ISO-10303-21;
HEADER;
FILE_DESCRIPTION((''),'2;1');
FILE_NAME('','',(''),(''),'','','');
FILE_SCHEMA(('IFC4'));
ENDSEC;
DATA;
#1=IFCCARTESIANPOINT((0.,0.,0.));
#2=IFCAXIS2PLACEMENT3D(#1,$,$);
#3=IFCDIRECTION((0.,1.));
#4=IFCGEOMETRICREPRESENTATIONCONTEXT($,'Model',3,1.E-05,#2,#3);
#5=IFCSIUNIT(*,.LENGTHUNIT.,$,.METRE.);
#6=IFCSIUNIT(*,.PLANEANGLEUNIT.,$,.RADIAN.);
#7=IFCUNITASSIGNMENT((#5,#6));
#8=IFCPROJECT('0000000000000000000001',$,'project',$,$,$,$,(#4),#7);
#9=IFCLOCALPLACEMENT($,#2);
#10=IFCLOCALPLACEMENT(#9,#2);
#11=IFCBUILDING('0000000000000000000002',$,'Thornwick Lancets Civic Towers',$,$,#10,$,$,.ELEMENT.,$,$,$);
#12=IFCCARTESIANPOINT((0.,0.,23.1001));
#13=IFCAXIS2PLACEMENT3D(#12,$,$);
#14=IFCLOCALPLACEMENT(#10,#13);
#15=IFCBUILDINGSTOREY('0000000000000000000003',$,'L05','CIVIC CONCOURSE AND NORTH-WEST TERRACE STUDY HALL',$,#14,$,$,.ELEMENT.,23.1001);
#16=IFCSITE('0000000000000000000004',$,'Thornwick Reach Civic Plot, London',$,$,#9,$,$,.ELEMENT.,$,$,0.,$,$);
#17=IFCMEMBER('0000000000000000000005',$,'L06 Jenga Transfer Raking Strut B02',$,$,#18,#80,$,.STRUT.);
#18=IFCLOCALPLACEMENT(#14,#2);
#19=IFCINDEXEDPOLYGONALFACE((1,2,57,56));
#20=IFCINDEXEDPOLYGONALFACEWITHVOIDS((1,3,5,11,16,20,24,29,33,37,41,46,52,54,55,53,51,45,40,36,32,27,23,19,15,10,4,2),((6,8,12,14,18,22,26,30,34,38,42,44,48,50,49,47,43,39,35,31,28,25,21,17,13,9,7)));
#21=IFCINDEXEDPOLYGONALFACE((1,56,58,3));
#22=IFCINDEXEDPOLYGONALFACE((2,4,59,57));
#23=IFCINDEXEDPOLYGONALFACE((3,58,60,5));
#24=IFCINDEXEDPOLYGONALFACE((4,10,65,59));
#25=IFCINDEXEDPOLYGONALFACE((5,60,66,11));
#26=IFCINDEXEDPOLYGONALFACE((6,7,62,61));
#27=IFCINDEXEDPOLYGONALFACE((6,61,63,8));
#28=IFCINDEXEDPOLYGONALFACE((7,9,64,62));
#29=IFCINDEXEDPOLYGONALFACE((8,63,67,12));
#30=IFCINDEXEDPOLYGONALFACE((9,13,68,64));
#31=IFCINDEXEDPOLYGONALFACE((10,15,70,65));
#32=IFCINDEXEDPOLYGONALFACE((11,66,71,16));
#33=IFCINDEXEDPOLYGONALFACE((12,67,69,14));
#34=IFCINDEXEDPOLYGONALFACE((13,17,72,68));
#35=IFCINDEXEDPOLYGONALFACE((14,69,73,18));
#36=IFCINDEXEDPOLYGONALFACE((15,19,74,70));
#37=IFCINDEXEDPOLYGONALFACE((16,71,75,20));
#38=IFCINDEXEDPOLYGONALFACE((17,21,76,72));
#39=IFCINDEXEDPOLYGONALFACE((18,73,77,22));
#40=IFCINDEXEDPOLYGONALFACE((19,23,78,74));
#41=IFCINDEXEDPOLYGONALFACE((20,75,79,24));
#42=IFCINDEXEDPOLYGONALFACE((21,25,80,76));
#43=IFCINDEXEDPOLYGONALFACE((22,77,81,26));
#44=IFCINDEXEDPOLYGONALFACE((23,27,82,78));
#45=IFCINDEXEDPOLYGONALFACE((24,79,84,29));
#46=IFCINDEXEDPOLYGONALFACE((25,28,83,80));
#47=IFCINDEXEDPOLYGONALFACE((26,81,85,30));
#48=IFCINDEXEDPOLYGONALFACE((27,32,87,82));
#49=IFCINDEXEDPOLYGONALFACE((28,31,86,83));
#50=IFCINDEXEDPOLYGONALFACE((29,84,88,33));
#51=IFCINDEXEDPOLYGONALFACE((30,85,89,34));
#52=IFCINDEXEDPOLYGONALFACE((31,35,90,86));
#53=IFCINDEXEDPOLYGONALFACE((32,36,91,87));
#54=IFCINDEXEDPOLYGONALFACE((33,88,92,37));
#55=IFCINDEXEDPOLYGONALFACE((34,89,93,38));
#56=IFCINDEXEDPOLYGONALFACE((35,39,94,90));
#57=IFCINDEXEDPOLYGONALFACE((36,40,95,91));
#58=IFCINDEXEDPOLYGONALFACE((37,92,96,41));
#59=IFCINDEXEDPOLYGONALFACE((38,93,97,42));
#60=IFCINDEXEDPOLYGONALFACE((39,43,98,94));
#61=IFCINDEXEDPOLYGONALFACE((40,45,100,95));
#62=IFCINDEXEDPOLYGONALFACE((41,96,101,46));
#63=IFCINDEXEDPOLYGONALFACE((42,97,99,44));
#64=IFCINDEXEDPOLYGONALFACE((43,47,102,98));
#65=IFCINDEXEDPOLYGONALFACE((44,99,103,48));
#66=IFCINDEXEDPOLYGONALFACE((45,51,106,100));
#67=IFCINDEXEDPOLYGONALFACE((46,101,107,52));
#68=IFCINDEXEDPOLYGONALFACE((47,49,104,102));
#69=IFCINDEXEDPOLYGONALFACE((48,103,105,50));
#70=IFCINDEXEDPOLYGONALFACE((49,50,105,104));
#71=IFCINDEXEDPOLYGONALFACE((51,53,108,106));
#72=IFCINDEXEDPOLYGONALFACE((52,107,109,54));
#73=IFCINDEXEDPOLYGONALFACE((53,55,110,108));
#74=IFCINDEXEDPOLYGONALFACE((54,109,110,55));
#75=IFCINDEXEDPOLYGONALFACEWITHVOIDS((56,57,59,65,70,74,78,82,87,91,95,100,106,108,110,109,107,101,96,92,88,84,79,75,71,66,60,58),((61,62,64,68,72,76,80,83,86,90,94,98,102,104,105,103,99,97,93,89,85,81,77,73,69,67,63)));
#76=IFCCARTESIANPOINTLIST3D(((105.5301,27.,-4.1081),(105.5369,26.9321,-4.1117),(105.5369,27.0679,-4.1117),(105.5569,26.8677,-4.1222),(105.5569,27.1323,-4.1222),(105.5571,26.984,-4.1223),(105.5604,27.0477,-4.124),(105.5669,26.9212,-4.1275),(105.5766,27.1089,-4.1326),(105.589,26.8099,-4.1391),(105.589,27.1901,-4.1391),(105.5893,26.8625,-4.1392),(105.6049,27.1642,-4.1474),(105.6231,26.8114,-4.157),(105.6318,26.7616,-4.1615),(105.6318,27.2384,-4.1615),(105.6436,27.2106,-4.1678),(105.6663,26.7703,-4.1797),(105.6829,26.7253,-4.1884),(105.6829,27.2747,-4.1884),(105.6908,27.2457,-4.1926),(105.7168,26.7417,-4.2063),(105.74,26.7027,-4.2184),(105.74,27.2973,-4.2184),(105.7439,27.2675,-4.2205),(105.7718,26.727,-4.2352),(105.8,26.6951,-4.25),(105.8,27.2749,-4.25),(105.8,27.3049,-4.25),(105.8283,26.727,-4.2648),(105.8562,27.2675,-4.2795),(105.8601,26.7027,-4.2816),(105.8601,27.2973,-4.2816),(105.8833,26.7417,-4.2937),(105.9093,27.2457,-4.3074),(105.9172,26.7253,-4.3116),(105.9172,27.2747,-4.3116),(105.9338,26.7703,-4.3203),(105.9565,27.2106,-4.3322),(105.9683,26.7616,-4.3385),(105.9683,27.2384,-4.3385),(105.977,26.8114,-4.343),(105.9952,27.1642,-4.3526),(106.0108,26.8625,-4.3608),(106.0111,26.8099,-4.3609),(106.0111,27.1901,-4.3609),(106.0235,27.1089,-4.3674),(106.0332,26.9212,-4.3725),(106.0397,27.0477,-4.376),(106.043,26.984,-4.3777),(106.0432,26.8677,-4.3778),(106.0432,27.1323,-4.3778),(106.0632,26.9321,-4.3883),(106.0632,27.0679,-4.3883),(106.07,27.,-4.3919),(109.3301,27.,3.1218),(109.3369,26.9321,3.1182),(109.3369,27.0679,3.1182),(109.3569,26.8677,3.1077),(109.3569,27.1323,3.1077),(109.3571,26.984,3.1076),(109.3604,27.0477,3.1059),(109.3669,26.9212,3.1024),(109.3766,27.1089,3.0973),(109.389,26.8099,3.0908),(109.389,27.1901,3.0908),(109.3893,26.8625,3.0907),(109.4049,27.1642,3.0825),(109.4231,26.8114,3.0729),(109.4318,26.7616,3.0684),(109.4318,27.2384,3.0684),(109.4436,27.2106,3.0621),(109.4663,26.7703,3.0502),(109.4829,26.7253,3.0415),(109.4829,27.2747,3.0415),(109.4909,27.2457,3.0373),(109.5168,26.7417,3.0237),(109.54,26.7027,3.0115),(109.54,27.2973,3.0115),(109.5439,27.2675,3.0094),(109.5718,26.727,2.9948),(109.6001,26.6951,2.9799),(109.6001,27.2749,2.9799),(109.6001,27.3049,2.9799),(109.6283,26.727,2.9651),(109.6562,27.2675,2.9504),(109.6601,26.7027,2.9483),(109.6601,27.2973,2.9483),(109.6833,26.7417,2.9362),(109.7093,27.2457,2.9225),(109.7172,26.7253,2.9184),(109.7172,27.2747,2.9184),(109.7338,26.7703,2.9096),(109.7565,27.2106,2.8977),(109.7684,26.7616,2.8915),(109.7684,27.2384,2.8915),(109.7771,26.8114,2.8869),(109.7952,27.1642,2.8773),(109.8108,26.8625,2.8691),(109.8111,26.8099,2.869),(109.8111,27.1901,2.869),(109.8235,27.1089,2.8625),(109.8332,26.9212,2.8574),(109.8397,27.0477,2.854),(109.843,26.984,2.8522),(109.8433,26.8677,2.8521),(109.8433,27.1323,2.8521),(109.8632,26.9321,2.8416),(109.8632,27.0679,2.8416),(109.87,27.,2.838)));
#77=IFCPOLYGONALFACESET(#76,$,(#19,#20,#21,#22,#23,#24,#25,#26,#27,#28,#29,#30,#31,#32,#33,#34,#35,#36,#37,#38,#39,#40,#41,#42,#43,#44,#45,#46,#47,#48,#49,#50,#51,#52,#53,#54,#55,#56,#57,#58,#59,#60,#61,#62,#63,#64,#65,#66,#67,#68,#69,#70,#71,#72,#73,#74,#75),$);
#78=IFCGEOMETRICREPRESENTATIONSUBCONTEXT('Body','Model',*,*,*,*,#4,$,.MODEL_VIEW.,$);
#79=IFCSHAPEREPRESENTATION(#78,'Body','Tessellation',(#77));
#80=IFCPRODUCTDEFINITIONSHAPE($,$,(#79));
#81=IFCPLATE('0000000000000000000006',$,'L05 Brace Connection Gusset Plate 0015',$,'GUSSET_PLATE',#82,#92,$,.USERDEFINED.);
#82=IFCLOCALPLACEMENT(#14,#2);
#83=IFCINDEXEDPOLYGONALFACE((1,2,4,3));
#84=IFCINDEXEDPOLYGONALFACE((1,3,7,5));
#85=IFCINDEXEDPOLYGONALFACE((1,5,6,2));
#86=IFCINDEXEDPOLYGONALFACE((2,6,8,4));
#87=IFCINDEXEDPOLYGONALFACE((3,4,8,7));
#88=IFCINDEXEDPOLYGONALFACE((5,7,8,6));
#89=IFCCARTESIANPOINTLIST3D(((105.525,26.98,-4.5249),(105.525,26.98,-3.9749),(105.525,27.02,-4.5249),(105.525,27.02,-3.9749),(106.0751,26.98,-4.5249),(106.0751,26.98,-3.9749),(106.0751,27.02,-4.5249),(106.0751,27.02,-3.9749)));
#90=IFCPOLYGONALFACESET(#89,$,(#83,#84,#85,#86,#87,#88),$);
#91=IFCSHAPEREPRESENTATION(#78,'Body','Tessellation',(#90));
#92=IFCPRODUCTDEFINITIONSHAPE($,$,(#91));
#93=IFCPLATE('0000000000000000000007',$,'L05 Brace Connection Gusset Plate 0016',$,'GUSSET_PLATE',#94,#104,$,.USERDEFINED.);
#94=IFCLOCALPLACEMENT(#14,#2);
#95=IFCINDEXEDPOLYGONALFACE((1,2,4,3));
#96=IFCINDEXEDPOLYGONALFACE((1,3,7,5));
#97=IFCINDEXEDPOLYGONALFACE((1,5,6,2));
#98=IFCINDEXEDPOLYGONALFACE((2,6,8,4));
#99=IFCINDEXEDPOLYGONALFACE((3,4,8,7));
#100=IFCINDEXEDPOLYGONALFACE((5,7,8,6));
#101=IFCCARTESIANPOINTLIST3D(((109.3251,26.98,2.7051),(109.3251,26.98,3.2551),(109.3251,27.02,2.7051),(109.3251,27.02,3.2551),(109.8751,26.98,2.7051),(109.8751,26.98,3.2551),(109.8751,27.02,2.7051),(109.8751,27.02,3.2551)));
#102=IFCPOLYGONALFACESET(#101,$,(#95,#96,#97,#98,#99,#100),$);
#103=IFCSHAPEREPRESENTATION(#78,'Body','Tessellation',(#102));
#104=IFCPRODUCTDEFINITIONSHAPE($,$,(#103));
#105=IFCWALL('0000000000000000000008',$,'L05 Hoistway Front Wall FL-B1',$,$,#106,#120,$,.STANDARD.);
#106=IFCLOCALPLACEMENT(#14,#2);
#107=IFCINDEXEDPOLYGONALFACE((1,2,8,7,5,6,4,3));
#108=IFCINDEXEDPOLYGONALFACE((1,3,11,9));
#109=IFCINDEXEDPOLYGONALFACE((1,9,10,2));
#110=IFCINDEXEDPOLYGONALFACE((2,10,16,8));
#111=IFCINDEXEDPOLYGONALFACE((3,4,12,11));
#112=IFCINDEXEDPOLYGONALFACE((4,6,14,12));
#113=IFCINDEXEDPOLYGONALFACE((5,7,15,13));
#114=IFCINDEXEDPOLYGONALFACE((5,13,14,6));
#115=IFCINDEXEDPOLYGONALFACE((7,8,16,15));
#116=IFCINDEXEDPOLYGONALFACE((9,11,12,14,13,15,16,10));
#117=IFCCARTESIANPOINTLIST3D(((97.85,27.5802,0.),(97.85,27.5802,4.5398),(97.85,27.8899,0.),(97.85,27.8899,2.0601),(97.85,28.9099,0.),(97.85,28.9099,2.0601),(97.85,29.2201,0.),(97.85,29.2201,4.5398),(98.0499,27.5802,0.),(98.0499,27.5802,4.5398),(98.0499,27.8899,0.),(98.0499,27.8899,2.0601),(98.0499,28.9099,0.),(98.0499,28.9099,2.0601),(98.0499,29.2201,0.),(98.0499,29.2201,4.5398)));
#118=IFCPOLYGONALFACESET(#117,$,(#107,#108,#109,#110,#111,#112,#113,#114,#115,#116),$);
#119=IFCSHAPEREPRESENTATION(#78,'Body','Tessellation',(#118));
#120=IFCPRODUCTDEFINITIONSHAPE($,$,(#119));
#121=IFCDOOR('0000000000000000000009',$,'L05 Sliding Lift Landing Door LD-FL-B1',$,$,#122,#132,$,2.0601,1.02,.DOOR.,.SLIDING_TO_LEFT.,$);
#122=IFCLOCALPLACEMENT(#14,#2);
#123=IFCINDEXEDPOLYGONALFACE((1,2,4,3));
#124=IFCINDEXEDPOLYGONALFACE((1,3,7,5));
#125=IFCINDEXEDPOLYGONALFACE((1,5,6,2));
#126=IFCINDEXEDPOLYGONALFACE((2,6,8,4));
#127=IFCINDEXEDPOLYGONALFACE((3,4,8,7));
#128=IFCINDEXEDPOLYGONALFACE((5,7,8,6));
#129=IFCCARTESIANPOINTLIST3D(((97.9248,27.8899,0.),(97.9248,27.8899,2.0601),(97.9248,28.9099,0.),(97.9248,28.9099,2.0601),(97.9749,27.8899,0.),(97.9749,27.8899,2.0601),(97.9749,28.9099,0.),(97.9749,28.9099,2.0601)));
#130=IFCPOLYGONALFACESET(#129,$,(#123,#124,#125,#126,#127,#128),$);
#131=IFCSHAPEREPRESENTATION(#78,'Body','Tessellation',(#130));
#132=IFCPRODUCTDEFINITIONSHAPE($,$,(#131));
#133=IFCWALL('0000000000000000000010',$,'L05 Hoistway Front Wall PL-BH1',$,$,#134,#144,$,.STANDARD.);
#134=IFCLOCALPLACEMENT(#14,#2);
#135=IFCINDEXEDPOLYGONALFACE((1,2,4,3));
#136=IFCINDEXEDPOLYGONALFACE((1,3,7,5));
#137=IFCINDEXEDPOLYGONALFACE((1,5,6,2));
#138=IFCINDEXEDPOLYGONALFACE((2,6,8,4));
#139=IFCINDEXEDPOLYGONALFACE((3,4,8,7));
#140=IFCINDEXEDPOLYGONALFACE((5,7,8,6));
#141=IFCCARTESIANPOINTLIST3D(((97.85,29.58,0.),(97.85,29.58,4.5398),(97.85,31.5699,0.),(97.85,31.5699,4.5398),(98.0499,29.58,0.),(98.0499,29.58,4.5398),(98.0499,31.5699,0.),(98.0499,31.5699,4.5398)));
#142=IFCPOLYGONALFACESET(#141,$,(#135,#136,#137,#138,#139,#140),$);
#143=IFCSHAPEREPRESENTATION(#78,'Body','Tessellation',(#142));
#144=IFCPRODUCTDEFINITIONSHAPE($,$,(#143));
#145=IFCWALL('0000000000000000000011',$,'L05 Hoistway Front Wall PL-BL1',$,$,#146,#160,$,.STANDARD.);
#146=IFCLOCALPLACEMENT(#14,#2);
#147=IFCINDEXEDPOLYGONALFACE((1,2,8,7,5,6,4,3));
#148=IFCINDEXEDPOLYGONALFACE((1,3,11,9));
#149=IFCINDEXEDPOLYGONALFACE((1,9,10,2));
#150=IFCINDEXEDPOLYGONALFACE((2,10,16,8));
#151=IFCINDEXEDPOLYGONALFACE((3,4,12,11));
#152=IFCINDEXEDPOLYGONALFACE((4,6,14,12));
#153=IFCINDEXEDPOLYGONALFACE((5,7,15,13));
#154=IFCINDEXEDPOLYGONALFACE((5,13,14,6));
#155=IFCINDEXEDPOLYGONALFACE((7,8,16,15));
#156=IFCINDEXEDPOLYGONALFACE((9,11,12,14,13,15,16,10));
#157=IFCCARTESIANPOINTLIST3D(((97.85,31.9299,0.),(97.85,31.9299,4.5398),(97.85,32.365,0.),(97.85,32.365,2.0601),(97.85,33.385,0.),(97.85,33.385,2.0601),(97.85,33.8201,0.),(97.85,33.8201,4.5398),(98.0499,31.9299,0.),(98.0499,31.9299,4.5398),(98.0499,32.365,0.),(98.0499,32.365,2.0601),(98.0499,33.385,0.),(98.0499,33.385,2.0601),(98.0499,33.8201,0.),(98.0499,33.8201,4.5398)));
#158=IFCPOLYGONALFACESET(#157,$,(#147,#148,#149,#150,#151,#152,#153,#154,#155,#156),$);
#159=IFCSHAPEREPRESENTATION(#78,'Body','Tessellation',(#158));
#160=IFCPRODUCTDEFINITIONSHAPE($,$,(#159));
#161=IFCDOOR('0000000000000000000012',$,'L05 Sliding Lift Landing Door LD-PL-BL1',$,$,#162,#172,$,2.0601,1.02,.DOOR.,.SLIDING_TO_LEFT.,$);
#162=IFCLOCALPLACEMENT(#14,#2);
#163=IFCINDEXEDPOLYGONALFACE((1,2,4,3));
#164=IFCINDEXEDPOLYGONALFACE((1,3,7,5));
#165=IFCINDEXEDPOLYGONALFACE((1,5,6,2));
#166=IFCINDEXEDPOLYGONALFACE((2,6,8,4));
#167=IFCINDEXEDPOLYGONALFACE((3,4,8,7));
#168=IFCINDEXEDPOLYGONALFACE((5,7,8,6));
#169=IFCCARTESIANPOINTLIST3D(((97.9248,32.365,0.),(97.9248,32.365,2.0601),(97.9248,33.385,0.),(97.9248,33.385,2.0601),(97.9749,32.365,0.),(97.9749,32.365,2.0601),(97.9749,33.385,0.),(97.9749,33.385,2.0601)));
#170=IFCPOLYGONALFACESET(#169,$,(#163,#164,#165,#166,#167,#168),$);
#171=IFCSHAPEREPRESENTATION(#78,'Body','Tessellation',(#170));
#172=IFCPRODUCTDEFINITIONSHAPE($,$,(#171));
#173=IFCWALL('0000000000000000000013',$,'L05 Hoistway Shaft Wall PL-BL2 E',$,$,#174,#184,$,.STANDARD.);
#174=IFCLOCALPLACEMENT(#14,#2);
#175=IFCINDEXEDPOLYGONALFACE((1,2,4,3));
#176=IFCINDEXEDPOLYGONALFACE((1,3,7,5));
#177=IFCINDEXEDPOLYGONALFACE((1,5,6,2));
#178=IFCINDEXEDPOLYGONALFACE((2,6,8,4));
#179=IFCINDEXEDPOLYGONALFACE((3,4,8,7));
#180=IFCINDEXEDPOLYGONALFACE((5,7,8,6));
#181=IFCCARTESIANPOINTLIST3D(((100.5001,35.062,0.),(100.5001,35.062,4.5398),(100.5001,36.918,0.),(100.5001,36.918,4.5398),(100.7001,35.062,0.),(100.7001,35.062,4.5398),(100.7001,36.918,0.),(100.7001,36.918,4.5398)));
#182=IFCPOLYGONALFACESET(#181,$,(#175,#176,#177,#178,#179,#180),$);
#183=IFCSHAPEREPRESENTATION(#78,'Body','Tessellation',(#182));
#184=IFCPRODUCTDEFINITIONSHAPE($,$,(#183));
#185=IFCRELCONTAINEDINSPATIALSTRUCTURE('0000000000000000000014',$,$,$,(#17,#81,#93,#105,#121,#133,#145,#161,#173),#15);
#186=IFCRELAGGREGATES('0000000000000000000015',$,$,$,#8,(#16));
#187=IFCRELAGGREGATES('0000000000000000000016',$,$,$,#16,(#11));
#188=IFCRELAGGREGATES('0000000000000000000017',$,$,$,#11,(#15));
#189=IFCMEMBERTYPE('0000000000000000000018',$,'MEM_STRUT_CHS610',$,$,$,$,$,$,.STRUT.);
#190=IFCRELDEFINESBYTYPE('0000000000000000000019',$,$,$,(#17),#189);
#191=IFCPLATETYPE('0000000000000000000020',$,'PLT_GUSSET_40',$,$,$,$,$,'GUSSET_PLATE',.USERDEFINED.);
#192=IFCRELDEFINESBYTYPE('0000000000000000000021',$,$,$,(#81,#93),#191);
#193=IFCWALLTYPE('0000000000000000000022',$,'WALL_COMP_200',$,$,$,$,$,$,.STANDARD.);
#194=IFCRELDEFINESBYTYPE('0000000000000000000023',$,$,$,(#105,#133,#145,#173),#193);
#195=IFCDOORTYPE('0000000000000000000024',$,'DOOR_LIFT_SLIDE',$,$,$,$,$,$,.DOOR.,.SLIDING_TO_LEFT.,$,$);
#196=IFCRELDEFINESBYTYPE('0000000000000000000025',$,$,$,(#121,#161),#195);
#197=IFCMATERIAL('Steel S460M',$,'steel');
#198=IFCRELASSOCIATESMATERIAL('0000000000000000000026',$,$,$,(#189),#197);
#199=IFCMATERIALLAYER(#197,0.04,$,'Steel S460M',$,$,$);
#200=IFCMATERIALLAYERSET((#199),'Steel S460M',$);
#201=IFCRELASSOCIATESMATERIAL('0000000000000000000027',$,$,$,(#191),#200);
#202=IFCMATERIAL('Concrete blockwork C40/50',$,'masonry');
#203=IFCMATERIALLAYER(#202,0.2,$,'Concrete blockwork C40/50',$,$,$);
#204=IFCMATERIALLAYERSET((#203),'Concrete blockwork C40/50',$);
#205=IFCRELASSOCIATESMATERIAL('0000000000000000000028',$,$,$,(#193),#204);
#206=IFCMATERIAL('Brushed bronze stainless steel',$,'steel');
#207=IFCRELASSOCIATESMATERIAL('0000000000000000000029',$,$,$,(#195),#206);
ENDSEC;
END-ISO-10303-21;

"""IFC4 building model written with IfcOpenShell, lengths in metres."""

from ifc_helpers import new_model, si_unit, direction, frame, frame_2d, origin, origin_2d, place, context, subcontext, project, spatial, rectangle, hollow_circle, extrude, material, layer, layer_set, material_profile, profile_set, type_object, element, fill, save


model = new_model("IFC4")

# Units and contexts
model_context = context("Model", 3, precision=1e-05, world=origin(), true_north=direction((0.0, 1.0)))
body_context = subcontext(model_context, "Body", "Model", "MODEL_VIEW")
ifc_project = project(units=[si_unit("LENGTHUNIT", "METRE"), si_unit("PLANEANGLEUNIT", "RADIAN")], contexts=[model_context])

# Site, building, storey
site_placement = place(None, origin())
site = spatial("IfcSite", under=ifc_project, at=site_placement, Name="Thornwick Reach Civic Plot, London", CompositionType="ELEMENT", RefElevation=0.0)
building_placement = place(site_placement, origin())
building = spatial("IfcBuilding", under=site, at=building_placement, Name="Thornwick Lancets Civic Towers", CompositionType="ELEMENT")
storey_placement = place(building_placement, frame((0.0, 0.0, 23.1001)))
storey = spatial("IfcBuildingStorey", under=building, at=storey_placement, Name="L05", Description="CIVIC CONCOURSE AND NORTH-WEST TERRACE STUDY HALL", CompositionType="ELEMENT", Elevation=23.1001)

# Shared definitions
ifc_material_1 = material(Name="Steel S460M", Category="steel")

# Member
ifc_material_profile_1 = material_profile(ifc_material_1, hollow_circle(Radius=0.3049, WallThickness=0.03, at=origin_2d()), Name="CHS 610x30")
ifc_profile_set_1 = profile_set([ifc_material_profile_1], Name="Steel S460M")
member_type = type_object("IfcMemberType", Name="MEM_STRUT_CHS610", PredefinedType="STRUT", material=ifc_profile_set_1)
member_placement = place(storey_placement, frame((105.8, 27.0, -4.25), z_axis=(0.465247, 0.0, 0.885181), x_axis=(0.0, 1.0, 0.0)))
element("IfcMember", 1, at=member_placement, inside=storey, type_object=member_type, Name="L06 Jenga Transfer Raking Strut B02", PredefinedType="STRUT", context=body_context, shape_type="SweptSolid", body=[
    extrude(hollow_circle(Radius=0.3049, WallThickness=0.03, at=origin_2d()), origin(), (0.0, 0.0, 1.0), 8.1677),
])

# Plates
ifc_layer_1 = layer(ifc_material_1, 0.04, Name="Steel S460M")
ifc_layer_set_1 = layer_set([ifc_layer_1], Name="Steel S460M")
plate_type = type_object("IfcPlateType", Name="PLT_GUSSET_40", ElementType="GUSSET_PLATE", PredefinedType="USERDEFINED", material=ifc_layer_set_1)
for number, where, z_axis, x_axis, name in (
    (2, (105.8, 27.0, -4.5249), (0.0, 0.0, 1.0), (1.0, 0.0, 0.0), "L05 Brace Connection Gusset Plate 0015"),
    (3, (109.6001, 27.0, 2.7051), (0.0, 0.0, 1.0), (1.0, 0.0, 0.0), "L05 Brace Connection Gusset Plate 0016"),
):
    element("IfcPlate", number, at=place(storey_placement, frame(where, z_axis=z_axis, x_axis=x_axis)), inside=storey, type_object=plate_type, Name=name, ObjectType="GUSSET_PLATE", PredefinedType="USERDEFINED", context=body_context, shape_type="SweptSolid", body=[
        extrude(rectangle(XDim=0.55, YDim=0.04, at=origin_2d()), origin(), (0.0, 0.0, 1.0), 0.55),
    ])

# Wall, opening, door
ifc_material_2 = material(Name="Concrete blockwork C40/50", Category="masonry")
ifc_layer_2 = layer(ifc_material_2, 0.2, Name="Concrete blockwork C40/50")
ifc_layer_set_2 = layer_set([ifc_layer_2], Name="Concrete blockwork C40/50")
wall_type_1 = type_object("IfcWallType", Name="WALL_COMP_200", PredefinedType="STANDARD", material=ifc_layer_set_2)
wall_1_placement = place(storey_placement, frame((97.95, 29.22, 0.0), z_axis=(0.0, 0.0, 1.0), x_axis=(0.0, -1.0, 0.0)))
wall_1 = element("IfcWall", 4, at=wall_1_placement, inside=storey, type_object=wall_type_1, Name="L05 Hoistway Front Wall FL-B1", PredefinedType="STANDARD", context=body_context, shape_type="SweptSolid", body=[
    extrude(rectangle(XDim=1.6399, YDim=0.2, at=frame_2d((0.8198, 0.0))), origin(), (0.0, 0.0, 1.0), 4.5398),
])
opening_1_placement = place(wall_1_placement, frame((0.3101, 0.0, 0.0)))
opening_1 = element("IfcOpeningElement", 5, at=opening_1_placement, cuts=wall_1, PredefinedType="OPENING", context=body_context, shape_type="SweptSolid", body=[
    extrude(rectangle(XDim=1.02, YDim=2.0601, at=frame_2d((0.51, 1.03))), frame((0.0, 0.1099, 0.0), z_axis=(0.0, -1.0, 0.0), x_axis=(1.0, 0.0, 0.0)), (0.0, 0.0, 1.0), 0.22),
])
ifc_material_3 = material(Name="Brushed bronze stainless steel", Category="steel")
door_type = type_object("IfcDoorType", Name="DOOR_LIFT_SLIDE", OperationType="SLIDING_TO_LEFT", PredefinedType="DOOR", material=ifc_material_3)
door_1_placement = place(opening_1_placement, origin())
door_1 = element("IfcDoor", 6, at=door_1_placement, inside=storey, type_object=door_type, Name="L05 Sliding Lift Landing Door LD-FL-B1", OperationType="SLIDING_TO_LEFT", OverallHeight=2.0601, OverallWidth=1.02, PredefinedType="DOOR", context=body_context, shape_type="SweptSolid", body=[
    extrude(rectangle(XDim=1.02, YDim=2.0601, at=frame_2d((0.51, 1.03))), frame((0.0, 0.0249, 0.0), z_axis=(0.0, -1.0, 0.0), x_axis=(1.0, 0.0, 0.0)), (0.0, 0.0, 1.0), 0.05),
])
fill(opening_1, door_1)

# Wall
wall_2_placement = place(storey_placement, frame((97.95, 31.5701, 0.0), z_axis=(0.0, 0.0, 1.0), x_axis=(0.0, -1.0, 0.0)))
element("IfcWall", 7, at=wall_2_placement, inside=storey, type_object=wall_type_1, Name="L05 Hoistway Front Wall PL-BH1", PredefinedType="STANDARD", context=body_context, shape_type="SweptSolid", body=[
    extrude(rectangle(XDim=1.99, YDim=0.2, at=frame_2d((0.9951, 0.0))), origin(), (0.0, 0.0, 1.0), 4.5398),
])

# Wall, opening, door
wall_3_placement = place(storey_placement, frame((97.95, 33.8201, 0.0), z_axis=(0.0, 0.0, 1.0), x_axis=(0.0, -1.0, 0.0)))
wall_3 = element("IfcWall", 8, at=wall_3_placement, inside=storey, type_object=wall_type_1, Name="L05 Hoistway Front Wall PL-BL1", PredefinedType="STANDARD", context=body_context, shape_type="SweptSolid", body=[
    extrude(rectangle(XDim=1.8901, YDim=0.2, at=frame_2d((0.9451, 0.0))), origin(), (0.0, 0.0, 1.0), 4.5398),
])
opening_2_placement = place(wall_3_placement, frame((0.4351, 0.0, 0.0)))
opening_2 = element("IfcOpeningElement", 9, at=opening_2_placement, cuts=wall_3, PredefinedType="OPENING", context=body_context, shape_type="SweptSolid", body=[
    extrude(rectangle(XDim=1.02, YDim=2.0601, at=frame_2d((0.51, 1.03))), frame((0.0, 0.1099, 0.0), z_axis=(0.0, -1.0, 0.0), x_axis=(1.0, 0.0, 0.0)), (0.0, 0.0, 1.0), 0.22),
])
door_2_placement = place(opening_2_placement, origin())
door_2 = element("IfcDoor", 10, at=door_2_placement, inside=storey, type_object=door_type, Name="L05 Sliding Lift Landing Door LD-PL-BL1", OperationType="SLIDING_TO_LEFT", OverallHeight=2.0601, OverallWidth=1.02, PredefinedType="DOOR", context=body_context, shape_type="SweptSolid", body=[
    extrude(rectangle(XDim=1.02, YDim=2.0601, at=frame_2d((0.51, 1.03))), frame((0.0, 0.0249, 0.0), z_axis=(0.0, -1.0, 0.0), x_axis=(1.0, 0.0, 0.0)), (0.0, 0.0, 1.0), 0.05),
])
fill(opening_2, door_2)

# Wall
wall_4_placement = place(storey_placement, frame((100.6001, 35.062, 0.0), z_axis=(0.0, 0.0, 1.0), x_axis=(0.0, 1.0, 0.0)))
element("IfcWall", 11, at=wall_4_placement, inside=storey, type_object=wall_type_1, Name="L05 Hoistway Shaft Wall PL-BL2 E", PredefinedType="STANDARD", context=body_context, shape_type="SweptSolid", body=[
    extrude(rectangle(XDim=1.856, YDim=0.2, at=frame_2d((0.928, 0.0))), origin(), (0.0, 0.0, 1.0), 4.5398),
])

save(model, "model.ifc")
